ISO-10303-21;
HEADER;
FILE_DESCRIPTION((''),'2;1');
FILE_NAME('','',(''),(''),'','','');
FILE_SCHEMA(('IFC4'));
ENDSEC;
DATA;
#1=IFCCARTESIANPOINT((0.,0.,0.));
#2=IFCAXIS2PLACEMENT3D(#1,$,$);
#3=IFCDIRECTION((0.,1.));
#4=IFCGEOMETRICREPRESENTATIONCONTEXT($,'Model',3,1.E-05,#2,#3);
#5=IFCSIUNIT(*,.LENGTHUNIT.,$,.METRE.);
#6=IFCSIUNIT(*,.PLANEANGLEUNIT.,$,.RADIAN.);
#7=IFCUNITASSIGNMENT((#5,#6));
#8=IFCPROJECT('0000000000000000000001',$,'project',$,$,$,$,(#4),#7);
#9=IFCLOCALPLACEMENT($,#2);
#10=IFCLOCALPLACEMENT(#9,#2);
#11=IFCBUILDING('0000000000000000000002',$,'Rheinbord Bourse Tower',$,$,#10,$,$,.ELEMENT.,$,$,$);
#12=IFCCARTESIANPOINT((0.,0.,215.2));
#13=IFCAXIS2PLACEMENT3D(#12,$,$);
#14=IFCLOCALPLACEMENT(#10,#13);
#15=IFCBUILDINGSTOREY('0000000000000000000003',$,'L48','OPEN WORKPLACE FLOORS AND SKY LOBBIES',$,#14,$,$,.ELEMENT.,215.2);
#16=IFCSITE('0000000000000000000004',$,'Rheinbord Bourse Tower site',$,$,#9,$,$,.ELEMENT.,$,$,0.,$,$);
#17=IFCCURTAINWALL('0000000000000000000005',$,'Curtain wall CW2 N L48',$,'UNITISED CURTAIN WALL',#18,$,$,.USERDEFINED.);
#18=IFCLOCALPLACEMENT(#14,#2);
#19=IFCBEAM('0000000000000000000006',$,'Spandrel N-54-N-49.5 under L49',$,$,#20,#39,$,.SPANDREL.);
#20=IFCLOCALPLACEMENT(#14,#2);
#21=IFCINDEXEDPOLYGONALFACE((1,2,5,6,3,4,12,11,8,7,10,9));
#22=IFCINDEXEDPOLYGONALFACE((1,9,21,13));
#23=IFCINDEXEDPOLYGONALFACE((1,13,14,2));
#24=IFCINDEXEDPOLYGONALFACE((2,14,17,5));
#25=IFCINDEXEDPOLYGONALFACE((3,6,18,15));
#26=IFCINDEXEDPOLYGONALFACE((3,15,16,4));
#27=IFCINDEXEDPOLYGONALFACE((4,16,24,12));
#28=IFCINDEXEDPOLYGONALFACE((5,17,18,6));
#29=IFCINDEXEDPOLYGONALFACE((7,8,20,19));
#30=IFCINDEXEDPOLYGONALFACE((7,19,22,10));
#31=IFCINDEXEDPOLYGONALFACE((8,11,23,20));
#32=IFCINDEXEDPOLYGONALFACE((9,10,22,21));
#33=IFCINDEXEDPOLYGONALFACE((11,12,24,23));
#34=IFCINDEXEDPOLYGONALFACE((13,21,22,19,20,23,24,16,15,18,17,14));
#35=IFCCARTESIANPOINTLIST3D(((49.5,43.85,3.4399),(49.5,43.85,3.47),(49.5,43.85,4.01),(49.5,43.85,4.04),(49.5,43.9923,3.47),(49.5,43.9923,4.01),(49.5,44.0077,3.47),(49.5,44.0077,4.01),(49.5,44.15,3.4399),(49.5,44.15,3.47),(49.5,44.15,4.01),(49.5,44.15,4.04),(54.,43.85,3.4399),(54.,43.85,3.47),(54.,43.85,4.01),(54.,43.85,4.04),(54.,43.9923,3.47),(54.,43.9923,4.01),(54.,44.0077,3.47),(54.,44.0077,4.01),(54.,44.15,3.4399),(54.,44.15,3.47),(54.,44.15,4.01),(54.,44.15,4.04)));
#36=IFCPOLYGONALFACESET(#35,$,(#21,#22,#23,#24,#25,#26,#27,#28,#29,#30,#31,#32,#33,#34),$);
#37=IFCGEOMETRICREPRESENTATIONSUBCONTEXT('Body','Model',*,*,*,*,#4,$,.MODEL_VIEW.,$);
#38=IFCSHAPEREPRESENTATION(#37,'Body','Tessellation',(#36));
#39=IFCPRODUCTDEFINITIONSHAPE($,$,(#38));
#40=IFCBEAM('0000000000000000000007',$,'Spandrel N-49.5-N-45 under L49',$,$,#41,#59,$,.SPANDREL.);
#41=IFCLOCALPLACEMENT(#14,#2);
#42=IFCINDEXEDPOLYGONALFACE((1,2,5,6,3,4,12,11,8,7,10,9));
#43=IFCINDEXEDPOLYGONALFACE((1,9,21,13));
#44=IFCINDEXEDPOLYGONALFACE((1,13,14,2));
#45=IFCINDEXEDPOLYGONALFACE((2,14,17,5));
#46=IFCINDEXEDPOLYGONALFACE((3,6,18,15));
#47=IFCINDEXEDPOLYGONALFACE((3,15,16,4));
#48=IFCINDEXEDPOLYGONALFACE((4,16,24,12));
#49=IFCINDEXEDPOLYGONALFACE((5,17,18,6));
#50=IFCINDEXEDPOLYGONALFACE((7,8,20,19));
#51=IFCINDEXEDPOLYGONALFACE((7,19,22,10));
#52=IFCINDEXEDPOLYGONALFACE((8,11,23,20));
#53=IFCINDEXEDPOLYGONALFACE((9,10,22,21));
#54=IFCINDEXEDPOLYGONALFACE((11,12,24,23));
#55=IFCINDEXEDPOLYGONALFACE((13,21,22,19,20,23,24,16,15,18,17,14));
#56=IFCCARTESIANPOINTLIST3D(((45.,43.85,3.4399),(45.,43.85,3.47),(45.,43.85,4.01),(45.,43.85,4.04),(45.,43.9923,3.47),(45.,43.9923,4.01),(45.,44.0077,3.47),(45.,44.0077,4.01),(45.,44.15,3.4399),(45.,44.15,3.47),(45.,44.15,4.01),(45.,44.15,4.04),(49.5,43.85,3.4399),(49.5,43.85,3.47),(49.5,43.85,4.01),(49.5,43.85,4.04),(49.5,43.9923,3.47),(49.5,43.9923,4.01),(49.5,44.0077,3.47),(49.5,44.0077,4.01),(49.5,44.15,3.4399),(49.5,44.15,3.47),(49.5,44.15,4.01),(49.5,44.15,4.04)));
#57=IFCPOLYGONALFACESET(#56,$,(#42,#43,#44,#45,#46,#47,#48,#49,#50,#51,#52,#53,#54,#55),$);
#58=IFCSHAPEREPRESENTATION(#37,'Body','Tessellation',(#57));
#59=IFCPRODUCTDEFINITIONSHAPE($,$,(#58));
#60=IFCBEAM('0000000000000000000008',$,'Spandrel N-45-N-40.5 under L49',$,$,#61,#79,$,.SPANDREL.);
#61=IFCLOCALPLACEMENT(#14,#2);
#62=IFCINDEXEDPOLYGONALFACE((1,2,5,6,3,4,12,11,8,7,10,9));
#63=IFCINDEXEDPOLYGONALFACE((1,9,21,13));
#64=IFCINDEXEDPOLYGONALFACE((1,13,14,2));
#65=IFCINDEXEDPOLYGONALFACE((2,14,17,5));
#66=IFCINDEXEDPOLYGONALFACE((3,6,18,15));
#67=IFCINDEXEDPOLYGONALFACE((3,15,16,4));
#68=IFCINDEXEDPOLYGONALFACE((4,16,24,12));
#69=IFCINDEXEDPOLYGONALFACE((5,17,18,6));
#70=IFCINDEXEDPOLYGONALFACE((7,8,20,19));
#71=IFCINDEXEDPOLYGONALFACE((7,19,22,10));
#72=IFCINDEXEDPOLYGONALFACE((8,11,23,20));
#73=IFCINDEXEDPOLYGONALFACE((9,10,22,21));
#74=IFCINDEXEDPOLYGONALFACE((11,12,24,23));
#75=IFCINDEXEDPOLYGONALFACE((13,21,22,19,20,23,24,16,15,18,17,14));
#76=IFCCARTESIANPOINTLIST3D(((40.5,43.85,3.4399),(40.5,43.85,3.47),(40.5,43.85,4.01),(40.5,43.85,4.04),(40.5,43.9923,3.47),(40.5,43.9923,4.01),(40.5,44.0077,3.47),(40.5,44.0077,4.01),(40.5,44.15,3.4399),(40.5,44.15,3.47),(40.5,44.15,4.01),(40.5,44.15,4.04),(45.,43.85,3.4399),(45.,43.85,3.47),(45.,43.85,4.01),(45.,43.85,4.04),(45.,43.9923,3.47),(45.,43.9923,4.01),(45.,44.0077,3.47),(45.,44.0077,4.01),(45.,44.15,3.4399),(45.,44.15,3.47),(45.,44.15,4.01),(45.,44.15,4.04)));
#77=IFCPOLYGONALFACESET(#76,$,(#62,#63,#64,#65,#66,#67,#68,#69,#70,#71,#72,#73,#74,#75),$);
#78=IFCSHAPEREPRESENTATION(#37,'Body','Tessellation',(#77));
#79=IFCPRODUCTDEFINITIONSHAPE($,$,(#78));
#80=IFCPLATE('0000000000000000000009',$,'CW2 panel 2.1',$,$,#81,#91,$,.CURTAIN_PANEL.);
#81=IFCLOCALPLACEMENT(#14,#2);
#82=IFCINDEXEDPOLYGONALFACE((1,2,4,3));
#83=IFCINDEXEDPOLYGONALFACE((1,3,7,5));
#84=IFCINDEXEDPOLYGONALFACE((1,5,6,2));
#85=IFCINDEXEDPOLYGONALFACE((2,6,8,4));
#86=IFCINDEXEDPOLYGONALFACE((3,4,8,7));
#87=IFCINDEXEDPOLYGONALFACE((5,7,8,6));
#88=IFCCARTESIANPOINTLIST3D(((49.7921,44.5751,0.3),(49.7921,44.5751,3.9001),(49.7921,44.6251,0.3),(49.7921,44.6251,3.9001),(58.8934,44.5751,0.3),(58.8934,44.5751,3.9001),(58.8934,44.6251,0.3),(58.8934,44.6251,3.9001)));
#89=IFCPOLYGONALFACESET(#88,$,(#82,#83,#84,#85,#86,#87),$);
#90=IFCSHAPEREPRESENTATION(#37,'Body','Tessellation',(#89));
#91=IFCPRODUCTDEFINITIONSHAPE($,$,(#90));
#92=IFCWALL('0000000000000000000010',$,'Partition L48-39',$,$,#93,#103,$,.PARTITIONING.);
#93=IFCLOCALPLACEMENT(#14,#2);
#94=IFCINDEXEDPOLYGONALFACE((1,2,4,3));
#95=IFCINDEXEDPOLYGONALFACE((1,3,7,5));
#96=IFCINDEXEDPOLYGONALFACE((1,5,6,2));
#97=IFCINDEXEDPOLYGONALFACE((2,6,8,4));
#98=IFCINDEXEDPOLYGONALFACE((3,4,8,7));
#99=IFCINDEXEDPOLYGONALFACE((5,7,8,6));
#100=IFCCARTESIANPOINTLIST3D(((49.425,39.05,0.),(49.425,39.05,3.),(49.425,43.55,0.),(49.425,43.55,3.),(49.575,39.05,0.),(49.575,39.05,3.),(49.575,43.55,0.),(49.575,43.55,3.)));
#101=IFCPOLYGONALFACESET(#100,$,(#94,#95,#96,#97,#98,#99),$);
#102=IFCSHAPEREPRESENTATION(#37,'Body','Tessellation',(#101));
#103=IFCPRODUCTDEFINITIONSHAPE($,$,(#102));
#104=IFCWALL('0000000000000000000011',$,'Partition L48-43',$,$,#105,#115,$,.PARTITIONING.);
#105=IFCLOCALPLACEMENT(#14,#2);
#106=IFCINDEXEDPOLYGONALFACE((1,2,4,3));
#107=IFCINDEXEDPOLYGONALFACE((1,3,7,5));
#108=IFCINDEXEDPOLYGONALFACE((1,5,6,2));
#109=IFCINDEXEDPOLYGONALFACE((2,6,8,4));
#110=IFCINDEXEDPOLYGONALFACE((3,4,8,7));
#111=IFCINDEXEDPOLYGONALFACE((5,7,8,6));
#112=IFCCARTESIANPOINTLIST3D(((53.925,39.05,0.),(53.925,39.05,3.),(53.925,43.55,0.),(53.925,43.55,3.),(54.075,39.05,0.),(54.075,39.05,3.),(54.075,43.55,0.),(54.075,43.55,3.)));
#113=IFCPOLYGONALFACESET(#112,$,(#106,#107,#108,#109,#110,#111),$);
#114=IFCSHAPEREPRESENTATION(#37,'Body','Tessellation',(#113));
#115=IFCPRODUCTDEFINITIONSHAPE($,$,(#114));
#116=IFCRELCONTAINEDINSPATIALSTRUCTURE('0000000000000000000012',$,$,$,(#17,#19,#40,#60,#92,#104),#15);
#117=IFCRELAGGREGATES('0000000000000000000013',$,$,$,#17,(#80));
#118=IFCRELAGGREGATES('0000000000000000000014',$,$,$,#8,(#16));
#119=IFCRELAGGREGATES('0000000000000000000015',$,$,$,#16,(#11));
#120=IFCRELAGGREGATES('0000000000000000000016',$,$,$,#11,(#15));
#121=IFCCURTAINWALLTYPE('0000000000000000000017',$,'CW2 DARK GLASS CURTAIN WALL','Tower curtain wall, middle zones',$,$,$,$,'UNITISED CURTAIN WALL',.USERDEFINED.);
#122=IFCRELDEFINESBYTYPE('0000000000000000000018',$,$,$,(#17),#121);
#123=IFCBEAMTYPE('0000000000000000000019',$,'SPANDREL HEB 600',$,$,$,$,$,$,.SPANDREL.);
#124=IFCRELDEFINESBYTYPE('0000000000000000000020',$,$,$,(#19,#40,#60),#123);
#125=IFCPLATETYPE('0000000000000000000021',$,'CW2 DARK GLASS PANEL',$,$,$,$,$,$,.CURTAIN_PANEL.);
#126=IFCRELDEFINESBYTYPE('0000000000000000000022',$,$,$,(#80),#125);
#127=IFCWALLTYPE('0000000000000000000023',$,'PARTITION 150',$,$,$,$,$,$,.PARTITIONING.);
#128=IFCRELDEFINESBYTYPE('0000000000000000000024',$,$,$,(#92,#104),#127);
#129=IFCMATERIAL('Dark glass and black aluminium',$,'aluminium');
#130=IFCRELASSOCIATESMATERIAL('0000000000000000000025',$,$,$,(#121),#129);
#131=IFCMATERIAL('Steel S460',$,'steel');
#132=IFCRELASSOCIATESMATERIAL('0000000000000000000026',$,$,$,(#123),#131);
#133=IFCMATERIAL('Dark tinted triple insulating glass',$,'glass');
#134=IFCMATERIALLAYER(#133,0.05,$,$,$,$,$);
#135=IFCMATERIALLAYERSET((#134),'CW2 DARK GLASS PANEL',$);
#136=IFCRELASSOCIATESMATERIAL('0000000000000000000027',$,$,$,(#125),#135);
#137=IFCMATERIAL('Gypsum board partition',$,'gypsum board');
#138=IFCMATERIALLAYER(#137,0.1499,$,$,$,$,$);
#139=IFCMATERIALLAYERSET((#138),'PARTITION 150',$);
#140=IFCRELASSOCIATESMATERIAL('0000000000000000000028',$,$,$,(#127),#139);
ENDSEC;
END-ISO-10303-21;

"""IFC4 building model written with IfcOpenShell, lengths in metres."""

from ifc_helpers import new_model, si_unit, direction, frame, frame_2d, origin, origin_2d, place, context, subcontext, project, spatial, rectangle, i_section, extrude, material, layer, layer_set, material_profile, profile_set, type_object, element, aggregate, save


model = new_model("IFC4")

# Units and contexts
model_context = context("Model", 3, precision=1e-05, world=origin(), true_north=direction((0.0, 1.0)))
body_context = subcontext(model_context, "Body", "Model", "MODEL_VIEW")
ifc_project = project(units=[si_unit("LENGTHUNIT", "METRE"), si_unit("PLANEANGLEUNIT", "RADIAN")], contexts=[model_context])

# Site, building, storey
site_placement = place(None, origin())
site = spatial("IfcSite", under=ifc_project, at=site_placement, Name="Rheinbord Bourse Tower site", CompositionType="ELEMENT", RefElevation=0.0)
building_placement = place(site_placement, origin())
building = spatial("IfcBuilding", under=site, at=building_placement, Name="Rheinbord Bourse Tower", CompositionType="ELEMENT")
storey_placement = place(building_placement, frame((0.0, 0.0, 215.2)))
storey = spatial("IfcBuildingStorey", under=building, at=storey_placement, Name="L48", Description="OPEN WORKPLACE FLOORS AND SKY LOBBIES", CompositionType="ELEMENT", Elevation=215.2)

# Curtain wall
ifc_material_1 = material(Name="Dark glass and black aluminium", Category="aluminium")
curtain_wall_type = type_object("IfcCurtainWallType", Name="CW2 DARK GLASS CURTAIN WALL", Description="Tower curtain wall, middle zones", ElementType="UNITISED CURTAIN WALL", PredefinedType="USERDEFINED", material=ifc_material_1)
curtain_wall_placement = place(storey_placement, origin())
curtain_wall = element("IfcCurtainWall", 1, at=curtain_wall_placement, inside=storey, type_object=curtain_wall_type, Name="Curtain wall CW2 N L48", ObjectType="UNITISED CURTAIN WALL", PredefinedType="USERDEFINED")

# Beams
ifc_material_2 = material(Name="Steel S460", Category="steel")
ifc_material_profile_1 = material_profile(ifc_material_2, i_section(OverallWidth=0.3, OverallDepth=0.6001, WebThickness=0.0154, FlangeThickness=0.03, at=origin_2d()), Name="HEB 600")
ifc_profile_set_1 = profile_set([ifc_material_profile_1], Name="Steel S460")
beam_type_1 = type_object("IfcBeamType", Name="SPANDREL HEB 600", PredefinedType="SPANDREL", material=ifc_profile_set_1)
for number, where, z_axis, x_axis, name in (
    (2, (54.0, 44.0, 3.74), (-1.0, 0.0, 0.0), (0.0, -1.0, 0.0), "Spandrel N-54-N-49.5 under L49"),
    (3, (49.5, 44.0, 3.74), (-1.0, 0.0, 0.0), (0.0, -1.0, 0.0), "Spandrel N-49.5-N-45 under L49"),
    (4, (45.0, 44.0, 3.74), (-1.0, 0.0, 0.0), (0.0, -1.0, 0.0), "Spandrel N-45-N-40.5 under L49"),
):
    element("IfcBeam", number, at=place(storey_placement, frame(where, z_axis=z_axis, x_axis=x_axis)), inside=storey, type_object=beam_type_1, Name=name, PredefinedType="SPANDREL", context=body_context, shape_type="SweptSolid", body=[
        extrude(i_section(OverallWidth=0.3, OverallDepth=0.6001, WebThickness=0.0154, FlangeThickness=0.03, at=origin_2d()), origin(), (0.0, 0.0, 1.0), 4.5),
    ])

# Plate
ifc_material_3 = material(Name="Dark tinted triple insulating glass", Category="glass")
ifc_layer_1 = layer(ifc_material_3, 0.05)
ifc_layer_set_1 = layer_set([ifc_layer_1], Name="CW2 DARK GLASS PANEL")
plate_type = type_object("IfcPlateType", Name="CW2 DARK GLASS PANEL", PredefinedType="CURTAIN_PANEL", material=ifc_layer_set_1)
plate_placement = place(storey_placement, frame((54.3428, 44.6001, 0.3), z_axis=(0.0, 0.0, 1.0), x_axis=(-1.0, 0.0, 0.0)))
plate = element("IfcPlate", 5, at=plate_placement, type_object=plate_type, Name="CW2 panel 2.1", PredefinedType="CURTAIN_PANEL", context=body_context, shape_type="SweptSolid", body=[
    extrude(rectangle(XDim=9.1013, YDim=0.05, at=origin_2d()), origin(), (0.0, 0.0, 1.0), 3.6001),
])
aggregate(curtain_wall, [plate])

# Walls
ifc_material_4 = material(Name="Gypsum board partition", Category="gypsum board")
ifc_layer_2 = layer(ifc_material_4, 0.1499)
ifc_layer_set_2 = layer_set([ifc_layer_2], Name="PARTITION 150")
wall_type = type_object("IfcWallType", Name="PARTITION 150", PredefinedType="PARTITIONING", material=ifc_layer_set_2)
for number, where, z_axis, x_axis, name in (
    (6, (49.5, 39.05, 0.0), (0.0, 0.0, 1.0), (0.0, 1.0, 0.0), "Partition L48-39"),
    (7, (54.0, 39.05, 0.0), (0.0, 0.0, 1.0), (0.0, 1.0, 0.0), "Partition L48-43"),
):
    element("IfcWall", number, at=place(storey_placement, frame(where, z_axis=z_axis, x_axis=x_axis)), inside=storey, type_object=wall_type, Name=name, PredefinedType="PARTITIONING", context=body_context, shape_type="SweptSolid", body=[
        extrude(rectangle(XDim=4.5, YDim=0.1499, at=frame_2d((2.25, 0.0))), origin(), (0.0, 0.0, 1.0), 3.0),
    ])

save(model, "model.ifc")
